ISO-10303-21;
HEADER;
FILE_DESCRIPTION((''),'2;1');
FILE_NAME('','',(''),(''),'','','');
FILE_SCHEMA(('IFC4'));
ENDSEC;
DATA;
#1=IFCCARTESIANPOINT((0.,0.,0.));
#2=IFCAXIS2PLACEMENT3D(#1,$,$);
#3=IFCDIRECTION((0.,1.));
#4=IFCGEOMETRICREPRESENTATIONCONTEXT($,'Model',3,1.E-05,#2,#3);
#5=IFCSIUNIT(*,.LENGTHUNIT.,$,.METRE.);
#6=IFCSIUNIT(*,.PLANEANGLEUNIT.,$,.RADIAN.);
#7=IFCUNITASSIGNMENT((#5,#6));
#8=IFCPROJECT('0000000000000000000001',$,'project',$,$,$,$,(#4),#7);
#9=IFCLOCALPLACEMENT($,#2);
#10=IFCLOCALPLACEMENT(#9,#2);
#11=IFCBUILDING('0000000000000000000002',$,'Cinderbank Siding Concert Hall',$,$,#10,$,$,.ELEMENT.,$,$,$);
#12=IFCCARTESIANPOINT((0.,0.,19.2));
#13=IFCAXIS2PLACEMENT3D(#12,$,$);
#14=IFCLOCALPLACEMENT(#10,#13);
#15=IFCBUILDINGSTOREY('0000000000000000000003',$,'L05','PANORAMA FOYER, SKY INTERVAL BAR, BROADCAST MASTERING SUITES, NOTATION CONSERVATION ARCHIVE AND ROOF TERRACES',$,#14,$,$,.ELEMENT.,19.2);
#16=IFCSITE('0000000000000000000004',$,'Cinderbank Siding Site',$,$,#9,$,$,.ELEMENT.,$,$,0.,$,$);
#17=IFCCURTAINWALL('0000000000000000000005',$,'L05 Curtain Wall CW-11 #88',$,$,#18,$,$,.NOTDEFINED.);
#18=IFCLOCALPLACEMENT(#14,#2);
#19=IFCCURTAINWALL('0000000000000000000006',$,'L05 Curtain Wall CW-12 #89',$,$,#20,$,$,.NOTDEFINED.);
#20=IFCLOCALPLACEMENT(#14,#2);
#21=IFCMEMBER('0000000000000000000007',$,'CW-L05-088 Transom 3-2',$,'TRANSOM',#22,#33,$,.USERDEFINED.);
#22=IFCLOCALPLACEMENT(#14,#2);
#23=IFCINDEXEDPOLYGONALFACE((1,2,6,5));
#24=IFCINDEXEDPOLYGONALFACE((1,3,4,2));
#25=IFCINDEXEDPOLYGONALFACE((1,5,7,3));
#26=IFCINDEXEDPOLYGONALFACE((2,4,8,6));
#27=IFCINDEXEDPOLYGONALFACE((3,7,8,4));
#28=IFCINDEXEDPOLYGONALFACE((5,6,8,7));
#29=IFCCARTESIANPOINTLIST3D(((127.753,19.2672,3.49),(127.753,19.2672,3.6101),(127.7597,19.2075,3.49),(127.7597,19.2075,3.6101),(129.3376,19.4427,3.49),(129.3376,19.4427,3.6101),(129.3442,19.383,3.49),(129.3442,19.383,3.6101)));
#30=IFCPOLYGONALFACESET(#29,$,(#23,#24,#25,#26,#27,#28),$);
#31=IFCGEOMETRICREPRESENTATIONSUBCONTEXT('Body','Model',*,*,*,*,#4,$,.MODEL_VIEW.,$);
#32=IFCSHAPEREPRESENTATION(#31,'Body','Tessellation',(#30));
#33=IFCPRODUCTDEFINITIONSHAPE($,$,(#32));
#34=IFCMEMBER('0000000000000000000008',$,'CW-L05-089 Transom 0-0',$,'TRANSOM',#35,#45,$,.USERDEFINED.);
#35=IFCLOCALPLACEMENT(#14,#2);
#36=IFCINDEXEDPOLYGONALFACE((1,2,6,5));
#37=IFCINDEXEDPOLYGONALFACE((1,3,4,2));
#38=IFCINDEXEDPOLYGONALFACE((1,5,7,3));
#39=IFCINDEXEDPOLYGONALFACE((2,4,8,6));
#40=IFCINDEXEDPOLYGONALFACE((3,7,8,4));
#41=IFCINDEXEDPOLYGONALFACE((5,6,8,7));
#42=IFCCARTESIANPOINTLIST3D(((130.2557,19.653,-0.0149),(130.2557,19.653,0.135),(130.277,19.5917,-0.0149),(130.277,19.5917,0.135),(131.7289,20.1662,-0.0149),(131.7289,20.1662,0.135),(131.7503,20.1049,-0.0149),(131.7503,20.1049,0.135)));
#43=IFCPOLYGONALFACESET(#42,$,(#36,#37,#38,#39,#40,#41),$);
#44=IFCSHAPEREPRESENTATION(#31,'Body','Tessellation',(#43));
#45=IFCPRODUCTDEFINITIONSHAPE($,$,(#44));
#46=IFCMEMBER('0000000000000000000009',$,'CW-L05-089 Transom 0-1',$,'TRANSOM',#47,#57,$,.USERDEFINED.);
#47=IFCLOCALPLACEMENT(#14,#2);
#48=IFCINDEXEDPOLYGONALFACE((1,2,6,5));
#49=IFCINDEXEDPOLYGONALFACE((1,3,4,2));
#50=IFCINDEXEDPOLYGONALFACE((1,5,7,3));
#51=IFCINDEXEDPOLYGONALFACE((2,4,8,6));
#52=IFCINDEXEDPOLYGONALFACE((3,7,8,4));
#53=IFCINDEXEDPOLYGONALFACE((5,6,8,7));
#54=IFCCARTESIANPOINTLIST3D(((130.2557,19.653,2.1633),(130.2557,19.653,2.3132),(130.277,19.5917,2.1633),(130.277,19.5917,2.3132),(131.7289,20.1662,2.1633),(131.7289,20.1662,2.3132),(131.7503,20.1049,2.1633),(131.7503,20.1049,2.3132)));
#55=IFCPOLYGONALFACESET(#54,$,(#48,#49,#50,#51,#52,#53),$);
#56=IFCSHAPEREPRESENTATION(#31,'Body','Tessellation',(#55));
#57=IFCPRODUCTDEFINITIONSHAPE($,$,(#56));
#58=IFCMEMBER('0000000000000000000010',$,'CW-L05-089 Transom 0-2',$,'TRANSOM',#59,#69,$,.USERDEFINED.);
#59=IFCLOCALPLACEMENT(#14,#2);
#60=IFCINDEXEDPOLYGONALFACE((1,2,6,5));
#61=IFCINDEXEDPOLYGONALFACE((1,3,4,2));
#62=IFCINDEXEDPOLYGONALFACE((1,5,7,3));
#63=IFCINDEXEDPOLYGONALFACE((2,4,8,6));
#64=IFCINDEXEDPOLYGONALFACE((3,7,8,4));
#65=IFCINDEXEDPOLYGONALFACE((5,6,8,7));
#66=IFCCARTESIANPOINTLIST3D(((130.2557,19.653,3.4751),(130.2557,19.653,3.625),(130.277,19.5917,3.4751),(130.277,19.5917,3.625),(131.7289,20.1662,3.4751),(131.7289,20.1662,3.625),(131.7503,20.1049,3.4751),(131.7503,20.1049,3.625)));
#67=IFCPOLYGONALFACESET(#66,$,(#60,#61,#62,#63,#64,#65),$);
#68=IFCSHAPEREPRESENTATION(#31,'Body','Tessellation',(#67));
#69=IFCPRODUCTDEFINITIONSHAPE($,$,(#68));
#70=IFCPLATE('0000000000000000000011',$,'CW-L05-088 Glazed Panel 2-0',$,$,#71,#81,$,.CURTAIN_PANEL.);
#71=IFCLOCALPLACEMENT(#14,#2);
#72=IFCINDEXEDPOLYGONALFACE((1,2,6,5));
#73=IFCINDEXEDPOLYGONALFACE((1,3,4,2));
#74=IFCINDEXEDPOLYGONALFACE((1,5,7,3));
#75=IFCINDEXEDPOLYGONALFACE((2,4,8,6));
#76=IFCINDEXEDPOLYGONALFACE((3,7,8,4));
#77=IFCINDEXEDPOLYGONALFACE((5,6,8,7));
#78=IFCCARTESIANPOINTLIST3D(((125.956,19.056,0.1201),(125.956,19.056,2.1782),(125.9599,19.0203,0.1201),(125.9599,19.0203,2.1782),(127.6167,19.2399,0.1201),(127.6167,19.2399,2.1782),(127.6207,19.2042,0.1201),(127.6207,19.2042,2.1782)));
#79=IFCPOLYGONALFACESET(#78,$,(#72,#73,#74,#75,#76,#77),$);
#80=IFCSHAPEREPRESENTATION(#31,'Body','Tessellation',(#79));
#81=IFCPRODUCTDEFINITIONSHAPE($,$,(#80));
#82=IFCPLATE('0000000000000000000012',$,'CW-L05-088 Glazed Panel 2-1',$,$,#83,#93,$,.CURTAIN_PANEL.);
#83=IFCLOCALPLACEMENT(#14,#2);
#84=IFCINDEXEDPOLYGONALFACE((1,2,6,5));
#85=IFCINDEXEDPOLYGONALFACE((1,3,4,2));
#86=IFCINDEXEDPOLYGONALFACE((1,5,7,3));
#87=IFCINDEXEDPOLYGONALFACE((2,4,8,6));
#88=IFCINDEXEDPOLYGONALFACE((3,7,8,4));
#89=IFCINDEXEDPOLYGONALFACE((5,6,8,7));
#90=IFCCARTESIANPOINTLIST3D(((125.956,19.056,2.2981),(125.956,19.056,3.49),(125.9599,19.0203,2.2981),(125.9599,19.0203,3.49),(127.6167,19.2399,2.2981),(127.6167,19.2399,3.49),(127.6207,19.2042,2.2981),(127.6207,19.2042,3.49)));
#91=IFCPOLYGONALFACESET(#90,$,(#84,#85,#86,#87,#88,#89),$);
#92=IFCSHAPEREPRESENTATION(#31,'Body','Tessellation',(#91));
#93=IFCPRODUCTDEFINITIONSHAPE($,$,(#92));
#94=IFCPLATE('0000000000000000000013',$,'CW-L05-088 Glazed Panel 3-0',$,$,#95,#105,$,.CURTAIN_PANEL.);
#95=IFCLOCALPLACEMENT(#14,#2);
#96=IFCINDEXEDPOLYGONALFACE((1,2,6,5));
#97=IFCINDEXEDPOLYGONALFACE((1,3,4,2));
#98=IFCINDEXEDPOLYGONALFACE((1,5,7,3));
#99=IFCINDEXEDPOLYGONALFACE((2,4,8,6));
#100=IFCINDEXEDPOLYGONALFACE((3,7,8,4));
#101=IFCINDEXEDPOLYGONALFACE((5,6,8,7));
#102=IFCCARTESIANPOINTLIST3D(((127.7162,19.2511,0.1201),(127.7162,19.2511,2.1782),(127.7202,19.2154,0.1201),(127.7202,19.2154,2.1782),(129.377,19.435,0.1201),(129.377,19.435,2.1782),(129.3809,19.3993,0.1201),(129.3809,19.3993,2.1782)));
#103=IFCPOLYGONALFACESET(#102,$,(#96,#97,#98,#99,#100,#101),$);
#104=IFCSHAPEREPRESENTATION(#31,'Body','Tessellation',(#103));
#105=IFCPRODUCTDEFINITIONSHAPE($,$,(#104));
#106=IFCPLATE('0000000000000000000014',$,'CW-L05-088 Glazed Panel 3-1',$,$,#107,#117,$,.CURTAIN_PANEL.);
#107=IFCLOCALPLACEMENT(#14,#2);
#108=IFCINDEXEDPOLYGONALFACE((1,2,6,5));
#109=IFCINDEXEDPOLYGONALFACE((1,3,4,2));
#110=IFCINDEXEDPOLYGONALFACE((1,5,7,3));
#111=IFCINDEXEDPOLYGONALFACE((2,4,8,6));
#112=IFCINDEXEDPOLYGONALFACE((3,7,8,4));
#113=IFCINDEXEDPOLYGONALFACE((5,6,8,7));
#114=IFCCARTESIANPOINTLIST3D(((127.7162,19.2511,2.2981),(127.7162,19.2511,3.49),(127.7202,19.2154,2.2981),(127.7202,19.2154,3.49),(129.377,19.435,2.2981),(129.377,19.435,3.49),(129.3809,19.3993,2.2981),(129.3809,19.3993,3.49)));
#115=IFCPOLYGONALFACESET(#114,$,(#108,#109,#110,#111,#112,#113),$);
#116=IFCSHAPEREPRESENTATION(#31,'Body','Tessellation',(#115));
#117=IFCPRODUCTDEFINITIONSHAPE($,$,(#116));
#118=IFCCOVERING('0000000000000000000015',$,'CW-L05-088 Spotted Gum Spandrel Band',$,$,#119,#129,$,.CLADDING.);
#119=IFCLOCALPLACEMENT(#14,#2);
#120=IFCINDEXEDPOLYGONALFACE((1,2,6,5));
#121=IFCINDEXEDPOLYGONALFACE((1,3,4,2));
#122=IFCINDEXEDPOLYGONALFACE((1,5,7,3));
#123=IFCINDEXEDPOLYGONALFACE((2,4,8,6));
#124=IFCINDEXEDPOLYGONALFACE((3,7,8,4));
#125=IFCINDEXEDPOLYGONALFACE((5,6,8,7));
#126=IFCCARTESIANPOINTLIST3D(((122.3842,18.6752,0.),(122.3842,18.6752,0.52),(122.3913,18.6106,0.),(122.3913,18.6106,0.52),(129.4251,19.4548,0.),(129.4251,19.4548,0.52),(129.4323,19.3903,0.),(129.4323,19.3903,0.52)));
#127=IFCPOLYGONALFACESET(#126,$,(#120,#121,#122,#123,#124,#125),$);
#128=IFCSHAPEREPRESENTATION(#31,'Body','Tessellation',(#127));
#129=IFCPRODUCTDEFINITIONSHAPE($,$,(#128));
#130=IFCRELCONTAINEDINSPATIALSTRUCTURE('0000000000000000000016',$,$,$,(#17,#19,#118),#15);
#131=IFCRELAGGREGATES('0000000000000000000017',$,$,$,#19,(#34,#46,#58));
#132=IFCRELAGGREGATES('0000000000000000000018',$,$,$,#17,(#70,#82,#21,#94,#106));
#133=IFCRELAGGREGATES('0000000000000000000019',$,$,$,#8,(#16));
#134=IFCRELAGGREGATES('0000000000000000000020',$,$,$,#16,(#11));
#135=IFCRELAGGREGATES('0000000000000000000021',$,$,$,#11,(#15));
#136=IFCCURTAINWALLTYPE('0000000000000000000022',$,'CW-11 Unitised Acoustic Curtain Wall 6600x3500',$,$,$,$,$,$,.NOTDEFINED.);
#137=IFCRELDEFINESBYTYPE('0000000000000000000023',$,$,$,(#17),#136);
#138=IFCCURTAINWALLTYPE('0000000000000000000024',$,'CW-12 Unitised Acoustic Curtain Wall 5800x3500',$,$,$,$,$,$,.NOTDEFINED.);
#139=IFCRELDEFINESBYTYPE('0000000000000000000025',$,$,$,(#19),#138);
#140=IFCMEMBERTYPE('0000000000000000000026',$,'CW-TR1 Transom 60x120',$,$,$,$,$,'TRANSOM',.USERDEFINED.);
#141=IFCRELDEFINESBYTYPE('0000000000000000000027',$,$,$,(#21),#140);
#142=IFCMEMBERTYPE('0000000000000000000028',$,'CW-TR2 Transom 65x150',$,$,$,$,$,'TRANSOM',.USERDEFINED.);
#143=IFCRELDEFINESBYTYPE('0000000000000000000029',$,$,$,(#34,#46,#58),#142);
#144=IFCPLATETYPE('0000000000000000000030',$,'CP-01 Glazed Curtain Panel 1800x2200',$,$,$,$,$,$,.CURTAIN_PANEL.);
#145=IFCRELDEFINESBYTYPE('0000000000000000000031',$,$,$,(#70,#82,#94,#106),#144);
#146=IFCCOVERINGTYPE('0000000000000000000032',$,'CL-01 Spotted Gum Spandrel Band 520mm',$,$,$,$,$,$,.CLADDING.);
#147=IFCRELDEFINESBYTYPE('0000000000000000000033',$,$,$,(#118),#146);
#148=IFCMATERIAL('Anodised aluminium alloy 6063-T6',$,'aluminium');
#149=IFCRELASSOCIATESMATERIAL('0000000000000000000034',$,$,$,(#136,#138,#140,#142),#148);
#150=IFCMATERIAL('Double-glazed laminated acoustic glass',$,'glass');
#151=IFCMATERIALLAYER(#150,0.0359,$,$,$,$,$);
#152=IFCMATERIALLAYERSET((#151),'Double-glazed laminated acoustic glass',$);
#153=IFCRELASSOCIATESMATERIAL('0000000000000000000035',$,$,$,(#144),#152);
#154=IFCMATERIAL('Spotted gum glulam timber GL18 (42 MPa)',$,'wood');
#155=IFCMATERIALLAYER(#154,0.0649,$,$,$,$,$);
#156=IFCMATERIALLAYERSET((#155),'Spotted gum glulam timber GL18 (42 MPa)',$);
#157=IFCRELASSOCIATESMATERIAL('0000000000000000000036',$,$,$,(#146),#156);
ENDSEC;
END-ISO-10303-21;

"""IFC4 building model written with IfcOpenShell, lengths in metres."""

from ifc_helpers import new_model, si_unit, direction, frame, origin, origin_2d, place, context, subcontext, project, spatial, rectangle, extrude, material, layer, layer_set, material_profile, profile_set, type_object, element, aggregate, save


model = new_model("IFC4")

# Units and contexts
model_context = context("Model", 3, precision=1e-05, world=origin(), true_north=direction((0.0, 1.0)))
body_context = subcontext(model_context, "Body", "Model", "MODEL_VIEW")
ifc_project = project(units=[si_unit("LENGTHUNIT", "METRE"), si_unit("PLANEANGLEUNIT", "RADIAN")], contexts=[model_context])

# Site, building, storey
site_placement = place(None, origin())
site = spatial("IfcSite", under=ifc_project, at=site_placement, Name="Cinderbank Siding Site", CompositionType="ELEMENT", RefElevation=0.0)
building_placement = place(site_placement, origin())
building = spatial("IfcBuilding", under=site, at=building_placement, Name="Cinderbank Siding Concert Hall", CompositionType="ELEMENT")
storey_placement = place(building_placement, frame((0.0, 0.0, 19.2)))
storey = spatial("IfcBuildingStorey", under=building, at=storey_placement, Name="L05", Description="PANORAMA FOYER, SKY INTERVAL BAR, BROADCAST MASTERING SUITES, NOTATION CONSERVATION ARCHIVE AND ROOF TERRACES", CompositionType="ELEMENT", Elevation=19.2)

# Curtain wall
ifc_material_1 = material(Name="Anodised aluminium alloy 6063-T6", Category="aluminium")
curtain_wall_type_1 = type_object("IfcCurtainWallType", Name="CW-11 Unitised Acoustic Curtain Wall 6600x3500", PredefinedType="NOTDEFINED", material=ifc_material_1)
curtain_wall_1_placement = place(storey_placement, origin())
curtain_wall_1 = element("IfcCurtainWall", 1, at=curtain_wall_1_placement, inside=storey, type_object=curtain_wall_type_1, Name="L05 Curtain Wall CW-11 #88", PredefinedType="NOTDEFINED")

# Curtain wall
curtain_wall_type_2 = type_object("IfcCurtainWallType", Name="CW-12 Unitised Acoustic Curtain Wall 5800x3500", PredefinedType="NOTDEFINED", material=ifc_material_1)
curtain_wall_2_placement = place(storey_placement, origin())
curtain_wall_2 = element("IfcCurtainWall", 2, at=curtain_wall_2_placement, inside=storey, type_object=curtain_wall_type_2, Name="L05 Curtain Wall CW-12 #89", PredefinedType="NOTDEFINED")

# Members
ifc_material_profile_1 = material_profile(ifc_material_1, rectangle(XDim=0.0601, YDim=0.1201, at=origin_2d()), Name="ALU-TRAN-60x120", Category="LoadBearing")
ifc_profile_set_1 = profile_set([ifc_material_profile_1], Name="Anodised aluminium alloy 6063-T6")
member_type_1 = type_object("IfcMemberType", Name="CW-TR1 Transom 60x120", ElementType="TRANSOM", PredefinedType="USERDEFINED", material=ifc_profile_set_1)
member_1_placement = place(storey_placement, frame((127.7563, 19.2373, 3.55), z_axis=(0.993919, 0.110112, 0.0), x_axis=(-0.110112, 0.993919, 0.0)))
member_1 = element("IfcMember", 3, at=member_1_placement, type_object=member_type_1, Name="CW-L05-088 Transom 3-2", ObjectType="TRANSOM", PredefinedType="USERDEFINED", context=body_context, shape_type="SweptSolid", body=[
    extrude(rectangle(XDim=0.0601, YDim=0.1201, at=origin_2d()), origin(), (0.0, 0.0, 1.0), 1.5942),
])
ifc_material_profile_2 = material_profile(ifc_material_1, rectangle(XDim=0.0649, YDim=0.1499, at=origin_2d()), Name="ALU-TRAN-65x150", Category="LoadBearing")
ifc_profile_set_2 = profile_set([ifc_material_profile_2], Name="Anodised aluminium alloy 6063-T6")
member_type_2 = type_object("IfcMemberType", Name="CW-TR2 Transom 65x150", ElementType="TRANSOM", PredefinedType="USERDEFINED", material=ifc_profile_set_2)
member_2_placement = place(storey_placement, frame((130.2664, 19.6223, 0.0601), z_axis=(0.94434, 0.32897, 0.0), x_axis=(-0.32897, 0.94434, 0.0)))
member_2 = element("IfcMember", 4, at=member_2_placement, type_object=member_type_2, Name="CW-L05-089 Transom 0-0", ObjectType="TRANSOM", PredefinedType="USERDEFINED", context=body_context, shape_type="SweptSolid", body=[
    extrude(rectangle(XDim=0.0649, YDim=0.1499, at=origin_2d()), origin(), (0.0, 0.0, 1.0), 1.5601),
])
member_3_placement = place(storey_placement, frame((130.2664, 19.6223, 2.2383), z_axis=(0.94434, 0.32897, 0.0), x_axis=(-0.32897, 0.94434, 0.0)))
member_3 = element("IfcMember", 5, at=member_3_placement, type_object=member_type_2, Name="CW-L05-089 Transom 0-1", ObjectType="TRANSOM", PredefinedType="USERDEFINED", context=body_context, shape_type="SweptSolid", body=[
    extrude(rectangle(XDim=0.0649, YDim=0.1499, at=origin_2d()), origin(), (0.0, 0.0, 1.0), 1.5601),
])
member_4_placement = place(storey_placement, frame((130.2664, 19.6223, 3.55), z_axis=(0.94434, 0.32897, 0.0), x_axis=(-0.32897, 0.94434, 0.0)))
member_4 = element("IfcMember", 6, at=member_4_placement, type_object=member_type_2, Name="CW-L05-089 Transom 0-2", ObjectType="TRANSOM", PredefinedType="USERDEFINED", context=body_context, shape_type="SweptSolid", body=[
    extrude(rectangle(XDim=0.0649, YDim=0.1499, at=origin_2d()), origin(), (0.0, 0.0, 1.0), 1.5601),
])
aggregate(curtain_wall_2, [member_2, member_3, member_4])

# Plates
ifc_material_2 = material(Name="Double-glazed laminated acoustic glass", Category="glass")
ifc_layer_1 = layer(ifc_material_2, 0.0359)
ifc_layer_set_1 = layer_set([ifc_layer_1], Name="Double-glazed laminated acoustic glass")
plate_type = type_object("IfcPlateType", Name="CP-01 Glazed Curtain Panel 1800x2200", PredefinedType="CURTAIN_PANEL", material=ifc_layer_set_1)
plate_1_placement = place(storey_placement, frame((126.7883, 19.1301, 0.1201), z_axis=(0.0, 0.0, 1.0), x_axis=(0.993925, 0.110057, 0.0)))
plate_1 = element("IfcPlate", 7, at=plate_1_placement, type_object=plate_type, Name="CW-L05-088 Glazed Panel 2-0", PredefinedType="CURTAIN_PANEL", context=body_context, shape_type="SweptSolid", body=[
    extrude(rectangle(XDim=1.6709, YDim=0.0359, at=origin_2d()), origin(), (0.0, 0.0, 1.0), 2.0581),
])
plate_2_placement = place(storey_placement, frame((126.7883, 19.1301, 2.2981), z_axis=(0.0, 0.0, 1.0), x_axis=(0.993925, 0.110057, 0.0)))
plate_2 = element("IfcPlate", 8, at=plate_2_placement, type_object=plate_type, Name="CW-L05-088 Glazed Panel 2-1", PredefinedType="CURTAIN_PANEL", context=body_context, shape_type="SweptSolid", body=[
    extrude(rectangle(XDim=1.6709, YDim=0.0359, at=origin_2d()), origin(), (0.0, 0.0, 1.0), 1.1919),
])
plate_3_placement = place(storey_placement, frame((128.5486, 19.3252, 0.1201), z_axis=(0.0, 0.0, 1.0), x_axis=(0.993925, 0.110057, 0.0)))
plate_3 = element("IfcPlate", 9, at=plate_3_placement, type_object=plate_type, Name="CW-L05-088 Glazed Panel 3-0", PredefinedType="CURTAIN_PANEL", context=body_context, shape_type="SweptSolid", body=[
    extrude(rectangle(XDim=1.6709, YDim=0.0359, at=origin_2d()), origin(), (0.0, 0.0, 1.0), 2.0581),
])
plate_4_placement = place(storey_placement, frame((128.5486, 19.3252, 2.2981), z_axis=(0.0, 0.0, 1.0), x_axis=(0.993925, 0.110057, 0.0)))
plate_4 = element("IfcPlate", 10, at=plate_4_placement, type_object=plate_type, Name="CW-L05-088 Glazed Panel 3-1", PredefinedType="CURTAIN_PANEL", context=body_context, shape_type="SweptSolid", body=[
    extrude(rectangle(XDim=1.6709, YDim=0.0359, at=origin_2d()), origin(), (0.0, 0.0, 1.0), 1.1919),
])
aggregate(curtain_wall_1, [plate_1, plate_2, member_1, plate_3, plate_4])

# Covering
ifc_material_3 = material(Name="Spotted gum glulam timber GL18 (42 MPa)", Category="wood")
ifc_layer_2 = layer(ifc_material_3, 0.0649)
ifc_layer_set_2 = layer_set([ifc_layer_2], Name="Spotted gum glulam timber GL18 (42 MPa)")
covering_type = type_object("IfcCoveringType", Name="CL-01 Spotted Gum Spandrel Band 520mm", PredefinedType="CLADDING", material=ifc_layer_set_2)
covering_placement = place(storey_placement, frame((125.9082, 19.0327, 0.0), z_axis=(0.0, 0.0, 1.0), x_axis=(0.993925, 0.110057, 0.0)))
element("IfcCovering", 11, at=covering_placement, inside=storey, type_object=covering_type, Name="CW-L05-088 Spotted Gum Spandrel Band", PredefinedType="CLADDING", context=body_context, shape_type="SweptSolid", body=[
    extrude(rectangle(XDim=7.084, YDim=0.0649, at=origin_2d()), origin(), (0.0, 0.0, 1.0), 0.52),
])

save(model, "model.ifc")
